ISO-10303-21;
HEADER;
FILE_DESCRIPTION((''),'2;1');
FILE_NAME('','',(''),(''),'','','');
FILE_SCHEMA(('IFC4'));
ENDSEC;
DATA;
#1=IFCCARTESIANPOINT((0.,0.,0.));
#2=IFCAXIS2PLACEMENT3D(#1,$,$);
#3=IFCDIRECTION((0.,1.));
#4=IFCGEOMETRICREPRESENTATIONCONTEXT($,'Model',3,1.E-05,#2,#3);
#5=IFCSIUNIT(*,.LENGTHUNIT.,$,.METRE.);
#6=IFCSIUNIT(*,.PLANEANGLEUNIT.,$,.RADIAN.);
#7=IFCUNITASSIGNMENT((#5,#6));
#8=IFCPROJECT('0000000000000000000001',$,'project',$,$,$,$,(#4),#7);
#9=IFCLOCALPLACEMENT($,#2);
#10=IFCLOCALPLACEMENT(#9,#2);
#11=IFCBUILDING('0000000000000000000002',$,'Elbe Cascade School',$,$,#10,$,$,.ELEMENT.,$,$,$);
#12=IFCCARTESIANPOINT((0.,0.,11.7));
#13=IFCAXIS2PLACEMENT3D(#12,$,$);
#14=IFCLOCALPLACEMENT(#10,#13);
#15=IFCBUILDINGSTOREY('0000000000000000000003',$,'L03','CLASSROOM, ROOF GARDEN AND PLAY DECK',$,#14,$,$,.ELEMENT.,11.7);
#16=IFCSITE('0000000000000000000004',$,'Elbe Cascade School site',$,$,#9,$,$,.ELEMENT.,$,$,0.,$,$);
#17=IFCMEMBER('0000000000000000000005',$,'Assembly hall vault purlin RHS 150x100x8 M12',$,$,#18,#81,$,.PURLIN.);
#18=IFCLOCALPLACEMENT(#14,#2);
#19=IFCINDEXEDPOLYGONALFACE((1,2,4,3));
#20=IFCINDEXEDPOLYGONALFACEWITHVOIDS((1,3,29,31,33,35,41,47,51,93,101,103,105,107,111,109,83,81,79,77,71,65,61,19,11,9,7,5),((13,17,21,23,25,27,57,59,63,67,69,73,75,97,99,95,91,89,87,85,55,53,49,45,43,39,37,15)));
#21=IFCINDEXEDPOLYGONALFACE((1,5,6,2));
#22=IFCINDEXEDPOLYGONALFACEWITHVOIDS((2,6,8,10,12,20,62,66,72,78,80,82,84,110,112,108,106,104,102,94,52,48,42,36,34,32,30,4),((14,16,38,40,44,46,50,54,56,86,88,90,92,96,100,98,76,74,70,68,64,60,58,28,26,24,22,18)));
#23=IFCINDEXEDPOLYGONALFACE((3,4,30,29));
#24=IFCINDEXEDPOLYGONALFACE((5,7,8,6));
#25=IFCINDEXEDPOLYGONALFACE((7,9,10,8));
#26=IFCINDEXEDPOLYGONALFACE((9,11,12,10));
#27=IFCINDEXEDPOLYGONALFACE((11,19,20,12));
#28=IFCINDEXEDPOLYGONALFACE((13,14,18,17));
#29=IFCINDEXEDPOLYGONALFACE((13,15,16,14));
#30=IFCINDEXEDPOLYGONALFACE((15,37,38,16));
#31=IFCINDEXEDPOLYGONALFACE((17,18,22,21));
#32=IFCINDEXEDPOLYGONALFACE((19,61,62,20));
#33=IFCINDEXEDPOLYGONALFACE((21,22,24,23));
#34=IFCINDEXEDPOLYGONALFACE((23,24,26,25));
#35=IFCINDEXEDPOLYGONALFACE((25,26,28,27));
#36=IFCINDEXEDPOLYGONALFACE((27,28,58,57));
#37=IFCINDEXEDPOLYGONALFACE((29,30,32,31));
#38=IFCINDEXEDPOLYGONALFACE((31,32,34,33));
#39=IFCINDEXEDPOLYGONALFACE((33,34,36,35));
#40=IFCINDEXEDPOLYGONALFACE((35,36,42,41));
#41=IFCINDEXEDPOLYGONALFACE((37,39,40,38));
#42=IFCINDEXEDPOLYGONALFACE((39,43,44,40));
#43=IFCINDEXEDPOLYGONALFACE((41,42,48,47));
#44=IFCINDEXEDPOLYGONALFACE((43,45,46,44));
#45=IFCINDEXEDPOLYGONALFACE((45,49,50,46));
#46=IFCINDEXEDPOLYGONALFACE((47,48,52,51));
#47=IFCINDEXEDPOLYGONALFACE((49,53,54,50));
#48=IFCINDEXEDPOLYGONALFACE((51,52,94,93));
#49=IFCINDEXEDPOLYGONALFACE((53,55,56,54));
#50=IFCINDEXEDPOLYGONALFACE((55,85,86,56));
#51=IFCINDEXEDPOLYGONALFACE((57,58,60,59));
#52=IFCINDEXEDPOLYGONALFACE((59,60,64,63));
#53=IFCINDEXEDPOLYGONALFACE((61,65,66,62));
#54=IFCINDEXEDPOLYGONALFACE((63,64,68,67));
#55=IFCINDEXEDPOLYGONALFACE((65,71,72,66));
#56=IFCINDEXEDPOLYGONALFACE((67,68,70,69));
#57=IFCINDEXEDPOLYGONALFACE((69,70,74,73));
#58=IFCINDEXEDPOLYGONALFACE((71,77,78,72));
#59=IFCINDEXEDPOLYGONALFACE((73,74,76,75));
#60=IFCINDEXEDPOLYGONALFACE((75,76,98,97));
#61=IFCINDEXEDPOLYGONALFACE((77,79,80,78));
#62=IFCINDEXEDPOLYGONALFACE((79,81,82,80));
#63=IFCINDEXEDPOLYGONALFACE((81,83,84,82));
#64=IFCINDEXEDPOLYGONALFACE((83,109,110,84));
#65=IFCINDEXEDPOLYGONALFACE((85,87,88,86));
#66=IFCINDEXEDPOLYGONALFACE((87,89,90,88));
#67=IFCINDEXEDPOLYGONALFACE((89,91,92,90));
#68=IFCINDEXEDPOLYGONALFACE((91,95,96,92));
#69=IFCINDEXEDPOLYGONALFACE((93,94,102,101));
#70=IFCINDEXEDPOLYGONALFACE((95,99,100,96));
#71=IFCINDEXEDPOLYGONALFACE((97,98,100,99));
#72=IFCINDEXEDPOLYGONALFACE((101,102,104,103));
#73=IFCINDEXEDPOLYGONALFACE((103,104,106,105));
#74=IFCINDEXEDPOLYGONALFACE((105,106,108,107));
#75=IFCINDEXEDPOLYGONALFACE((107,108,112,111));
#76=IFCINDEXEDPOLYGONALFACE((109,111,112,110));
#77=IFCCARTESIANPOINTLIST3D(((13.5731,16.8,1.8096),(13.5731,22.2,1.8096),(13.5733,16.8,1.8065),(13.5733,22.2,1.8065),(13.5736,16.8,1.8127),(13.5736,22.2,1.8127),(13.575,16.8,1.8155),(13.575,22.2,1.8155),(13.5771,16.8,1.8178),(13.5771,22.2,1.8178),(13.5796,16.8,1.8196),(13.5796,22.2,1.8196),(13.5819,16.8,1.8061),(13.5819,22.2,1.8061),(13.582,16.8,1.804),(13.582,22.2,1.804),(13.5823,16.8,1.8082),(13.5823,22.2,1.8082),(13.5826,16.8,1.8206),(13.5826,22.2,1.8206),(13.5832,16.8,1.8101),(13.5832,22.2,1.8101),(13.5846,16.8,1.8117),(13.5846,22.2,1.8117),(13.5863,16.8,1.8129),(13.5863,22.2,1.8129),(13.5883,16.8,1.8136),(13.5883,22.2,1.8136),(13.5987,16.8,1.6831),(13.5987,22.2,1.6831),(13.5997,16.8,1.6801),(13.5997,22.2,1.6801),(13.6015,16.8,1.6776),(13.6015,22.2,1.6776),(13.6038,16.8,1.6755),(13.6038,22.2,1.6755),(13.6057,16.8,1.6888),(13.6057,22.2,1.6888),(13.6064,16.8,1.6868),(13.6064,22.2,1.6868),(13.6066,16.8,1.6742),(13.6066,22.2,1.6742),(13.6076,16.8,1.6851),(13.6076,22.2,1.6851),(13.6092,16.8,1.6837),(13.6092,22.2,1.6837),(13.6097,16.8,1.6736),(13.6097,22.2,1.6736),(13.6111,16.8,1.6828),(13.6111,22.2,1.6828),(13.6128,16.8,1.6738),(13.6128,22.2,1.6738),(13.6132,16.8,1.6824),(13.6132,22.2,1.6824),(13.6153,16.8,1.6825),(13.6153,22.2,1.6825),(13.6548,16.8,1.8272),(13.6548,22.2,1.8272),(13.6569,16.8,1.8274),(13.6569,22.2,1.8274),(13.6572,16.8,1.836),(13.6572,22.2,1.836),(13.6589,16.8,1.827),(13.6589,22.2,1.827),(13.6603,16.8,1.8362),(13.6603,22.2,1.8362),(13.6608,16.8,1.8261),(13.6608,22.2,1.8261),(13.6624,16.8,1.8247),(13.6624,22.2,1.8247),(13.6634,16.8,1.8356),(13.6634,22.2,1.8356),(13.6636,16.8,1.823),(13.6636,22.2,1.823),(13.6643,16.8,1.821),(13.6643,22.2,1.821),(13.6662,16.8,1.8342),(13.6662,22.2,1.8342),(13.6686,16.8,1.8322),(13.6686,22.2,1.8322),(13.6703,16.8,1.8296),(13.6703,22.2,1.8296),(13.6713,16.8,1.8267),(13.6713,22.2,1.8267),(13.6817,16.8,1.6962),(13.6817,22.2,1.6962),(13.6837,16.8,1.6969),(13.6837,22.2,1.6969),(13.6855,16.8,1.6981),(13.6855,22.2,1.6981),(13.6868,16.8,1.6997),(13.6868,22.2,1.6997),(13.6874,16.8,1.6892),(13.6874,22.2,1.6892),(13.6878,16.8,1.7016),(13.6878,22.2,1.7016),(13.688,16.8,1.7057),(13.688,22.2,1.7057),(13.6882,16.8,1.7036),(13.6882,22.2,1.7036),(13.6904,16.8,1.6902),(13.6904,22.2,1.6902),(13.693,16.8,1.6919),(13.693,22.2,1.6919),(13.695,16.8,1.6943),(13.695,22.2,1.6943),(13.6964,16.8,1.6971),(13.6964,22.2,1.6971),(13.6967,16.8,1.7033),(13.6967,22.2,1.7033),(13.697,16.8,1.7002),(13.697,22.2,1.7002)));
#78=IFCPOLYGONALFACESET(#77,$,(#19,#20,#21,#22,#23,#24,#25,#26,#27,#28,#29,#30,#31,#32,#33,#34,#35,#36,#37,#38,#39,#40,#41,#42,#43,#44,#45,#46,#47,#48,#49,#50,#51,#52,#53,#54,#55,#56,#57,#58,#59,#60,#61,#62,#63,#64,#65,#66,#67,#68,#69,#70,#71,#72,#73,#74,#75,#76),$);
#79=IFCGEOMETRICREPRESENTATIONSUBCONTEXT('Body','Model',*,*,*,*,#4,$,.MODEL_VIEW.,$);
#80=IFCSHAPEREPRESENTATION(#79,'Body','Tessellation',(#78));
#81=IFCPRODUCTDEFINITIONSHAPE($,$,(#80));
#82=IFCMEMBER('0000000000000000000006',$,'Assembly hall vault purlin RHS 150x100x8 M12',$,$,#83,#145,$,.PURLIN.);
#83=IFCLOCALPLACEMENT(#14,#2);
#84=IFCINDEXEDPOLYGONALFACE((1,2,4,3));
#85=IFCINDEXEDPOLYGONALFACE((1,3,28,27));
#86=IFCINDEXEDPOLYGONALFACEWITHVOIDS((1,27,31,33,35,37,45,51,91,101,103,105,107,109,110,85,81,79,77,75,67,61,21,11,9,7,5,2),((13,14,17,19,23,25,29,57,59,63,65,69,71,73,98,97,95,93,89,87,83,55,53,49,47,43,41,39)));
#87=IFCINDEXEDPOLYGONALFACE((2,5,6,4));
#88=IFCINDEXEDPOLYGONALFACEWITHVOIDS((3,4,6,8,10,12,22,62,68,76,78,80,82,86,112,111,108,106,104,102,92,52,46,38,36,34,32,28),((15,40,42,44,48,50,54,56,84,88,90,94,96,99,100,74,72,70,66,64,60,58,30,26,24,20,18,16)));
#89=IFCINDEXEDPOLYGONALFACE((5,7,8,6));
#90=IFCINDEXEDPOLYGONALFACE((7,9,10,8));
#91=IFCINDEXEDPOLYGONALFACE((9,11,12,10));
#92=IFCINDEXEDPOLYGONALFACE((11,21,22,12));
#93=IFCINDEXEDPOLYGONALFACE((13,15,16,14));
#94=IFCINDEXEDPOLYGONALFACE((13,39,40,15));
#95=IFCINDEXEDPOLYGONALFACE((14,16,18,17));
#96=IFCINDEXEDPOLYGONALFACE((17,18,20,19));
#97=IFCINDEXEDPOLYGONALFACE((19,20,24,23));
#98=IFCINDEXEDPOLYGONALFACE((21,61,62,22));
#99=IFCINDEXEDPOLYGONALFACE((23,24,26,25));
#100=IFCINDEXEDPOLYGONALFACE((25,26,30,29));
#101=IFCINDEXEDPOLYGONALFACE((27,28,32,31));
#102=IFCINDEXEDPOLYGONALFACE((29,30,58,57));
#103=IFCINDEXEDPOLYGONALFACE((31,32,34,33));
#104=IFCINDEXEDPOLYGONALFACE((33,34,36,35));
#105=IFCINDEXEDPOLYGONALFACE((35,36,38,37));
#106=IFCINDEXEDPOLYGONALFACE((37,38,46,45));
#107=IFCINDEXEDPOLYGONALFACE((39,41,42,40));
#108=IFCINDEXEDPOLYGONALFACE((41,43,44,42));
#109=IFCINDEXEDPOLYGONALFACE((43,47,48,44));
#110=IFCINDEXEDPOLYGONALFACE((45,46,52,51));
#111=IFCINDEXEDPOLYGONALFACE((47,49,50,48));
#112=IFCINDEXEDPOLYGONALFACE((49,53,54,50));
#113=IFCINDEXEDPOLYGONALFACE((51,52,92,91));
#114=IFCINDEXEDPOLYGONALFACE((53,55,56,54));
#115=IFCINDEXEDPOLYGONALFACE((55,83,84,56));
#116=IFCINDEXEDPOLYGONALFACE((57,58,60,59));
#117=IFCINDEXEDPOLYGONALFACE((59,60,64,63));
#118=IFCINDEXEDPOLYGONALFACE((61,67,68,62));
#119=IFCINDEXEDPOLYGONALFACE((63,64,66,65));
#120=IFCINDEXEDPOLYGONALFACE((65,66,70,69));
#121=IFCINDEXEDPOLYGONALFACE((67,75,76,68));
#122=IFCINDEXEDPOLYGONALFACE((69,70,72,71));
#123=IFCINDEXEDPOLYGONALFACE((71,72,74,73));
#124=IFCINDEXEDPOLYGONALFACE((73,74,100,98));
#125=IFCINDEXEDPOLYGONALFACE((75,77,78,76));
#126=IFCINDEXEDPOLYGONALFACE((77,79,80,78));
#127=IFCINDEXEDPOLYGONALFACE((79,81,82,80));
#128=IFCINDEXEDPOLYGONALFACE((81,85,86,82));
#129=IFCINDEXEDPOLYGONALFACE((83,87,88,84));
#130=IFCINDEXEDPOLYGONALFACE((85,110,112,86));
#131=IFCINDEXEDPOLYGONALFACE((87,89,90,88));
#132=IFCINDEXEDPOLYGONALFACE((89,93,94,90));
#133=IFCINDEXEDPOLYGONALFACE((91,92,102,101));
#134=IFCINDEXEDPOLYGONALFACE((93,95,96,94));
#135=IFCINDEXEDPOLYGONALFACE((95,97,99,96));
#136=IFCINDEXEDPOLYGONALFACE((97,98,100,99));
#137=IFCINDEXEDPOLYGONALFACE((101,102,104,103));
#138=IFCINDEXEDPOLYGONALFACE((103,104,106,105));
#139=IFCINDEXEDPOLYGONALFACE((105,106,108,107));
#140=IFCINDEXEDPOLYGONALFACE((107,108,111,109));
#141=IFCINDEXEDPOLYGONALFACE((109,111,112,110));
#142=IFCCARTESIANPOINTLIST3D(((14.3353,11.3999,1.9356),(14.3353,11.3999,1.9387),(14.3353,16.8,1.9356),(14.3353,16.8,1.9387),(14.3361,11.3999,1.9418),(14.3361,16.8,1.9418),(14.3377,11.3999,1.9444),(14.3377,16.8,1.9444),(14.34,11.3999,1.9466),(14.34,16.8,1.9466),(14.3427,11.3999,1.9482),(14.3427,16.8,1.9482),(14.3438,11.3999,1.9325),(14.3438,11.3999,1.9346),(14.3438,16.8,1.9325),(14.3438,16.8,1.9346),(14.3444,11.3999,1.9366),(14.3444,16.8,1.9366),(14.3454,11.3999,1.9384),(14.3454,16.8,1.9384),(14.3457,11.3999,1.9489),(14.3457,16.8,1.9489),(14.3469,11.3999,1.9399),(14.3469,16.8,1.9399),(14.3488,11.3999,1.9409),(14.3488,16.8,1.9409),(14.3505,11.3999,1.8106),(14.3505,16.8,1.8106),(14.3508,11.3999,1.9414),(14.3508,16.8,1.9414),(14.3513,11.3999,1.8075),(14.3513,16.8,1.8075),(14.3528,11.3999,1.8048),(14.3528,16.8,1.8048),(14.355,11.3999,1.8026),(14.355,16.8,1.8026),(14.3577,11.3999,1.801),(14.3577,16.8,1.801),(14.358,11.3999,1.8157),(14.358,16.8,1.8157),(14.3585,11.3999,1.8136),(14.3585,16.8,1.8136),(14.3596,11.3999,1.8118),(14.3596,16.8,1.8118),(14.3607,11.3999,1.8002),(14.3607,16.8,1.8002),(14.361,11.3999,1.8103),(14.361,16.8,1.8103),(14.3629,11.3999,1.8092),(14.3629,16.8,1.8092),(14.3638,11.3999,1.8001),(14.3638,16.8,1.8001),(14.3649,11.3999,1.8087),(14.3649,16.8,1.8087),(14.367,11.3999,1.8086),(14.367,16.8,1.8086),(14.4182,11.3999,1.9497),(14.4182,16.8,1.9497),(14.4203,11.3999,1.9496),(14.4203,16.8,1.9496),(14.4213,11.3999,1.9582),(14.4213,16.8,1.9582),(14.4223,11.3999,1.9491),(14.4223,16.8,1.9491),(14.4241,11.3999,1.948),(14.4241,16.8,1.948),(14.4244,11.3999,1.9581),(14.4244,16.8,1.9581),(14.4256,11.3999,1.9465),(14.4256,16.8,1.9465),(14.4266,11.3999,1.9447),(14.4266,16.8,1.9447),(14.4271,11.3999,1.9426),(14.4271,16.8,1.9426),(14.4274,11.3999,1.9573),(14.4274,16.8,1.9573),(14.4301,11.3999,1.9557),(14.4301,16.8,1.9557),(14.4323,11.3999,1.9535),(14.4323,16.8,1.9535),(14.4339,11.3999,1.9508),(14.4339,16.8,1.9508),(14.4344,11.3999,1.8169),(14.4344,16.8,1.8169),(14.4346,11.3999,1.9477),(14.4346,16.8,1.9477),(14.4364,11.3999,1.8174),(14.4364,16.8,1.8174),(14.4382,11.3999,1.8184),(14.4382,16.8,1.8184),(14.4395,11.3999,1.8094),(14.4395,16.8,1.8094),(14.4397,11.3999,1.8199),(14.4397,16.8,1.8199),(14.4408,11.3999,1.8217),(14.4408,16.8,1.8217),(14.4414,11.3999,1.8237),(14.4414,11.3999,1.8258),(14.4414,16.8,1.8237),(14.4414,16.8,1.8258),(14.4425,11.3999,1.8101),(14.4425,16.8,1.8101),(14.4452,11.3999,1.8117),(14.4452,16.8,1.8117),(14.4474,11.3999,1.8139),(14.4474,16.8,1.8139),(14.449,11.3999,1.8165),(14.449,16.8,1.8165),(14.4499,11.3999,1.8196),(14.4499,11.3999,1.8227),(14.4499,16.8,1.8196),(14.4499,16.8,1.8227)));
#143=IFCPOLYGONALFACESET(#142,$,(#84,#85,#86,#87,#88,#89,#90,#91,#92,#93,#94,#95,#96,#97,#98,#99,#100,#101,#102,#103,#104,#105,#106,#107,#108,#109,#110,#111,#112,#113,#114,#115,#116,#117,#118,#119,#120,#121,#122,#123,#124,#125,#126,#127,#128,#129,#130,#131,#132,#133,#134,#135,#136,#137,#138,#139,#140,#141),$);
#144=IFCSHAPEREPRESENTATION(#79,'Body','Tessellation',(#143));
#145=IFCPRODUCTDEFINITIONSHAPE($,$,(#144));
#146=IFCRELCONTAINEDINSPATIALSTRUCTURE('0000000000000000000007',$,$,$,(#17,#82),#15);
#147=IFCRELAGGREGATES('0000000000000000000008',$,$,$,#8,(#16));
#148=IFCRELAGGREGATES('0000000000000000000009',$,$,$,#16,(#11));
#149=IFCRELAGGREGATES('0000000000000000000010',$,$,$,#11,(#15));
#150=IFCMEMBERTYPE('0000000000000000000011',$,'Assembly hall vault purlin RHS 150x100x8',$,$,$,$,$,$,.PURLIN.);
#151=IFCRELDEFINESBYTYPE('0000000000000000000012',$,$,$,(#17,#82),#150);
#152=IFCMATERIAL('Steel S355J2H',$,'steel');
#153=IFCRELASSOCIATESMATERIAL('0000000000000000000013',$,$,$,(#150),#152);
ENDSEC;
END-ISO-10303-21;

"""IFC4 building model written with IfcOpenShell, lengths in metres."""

from ifc_helpers import new_model, si_unit, direction, frame, origin, origin_2d, place, context, subcontext, project, spatial, hollow_rectangle, extrude, material, material_profile, profile_set, type_object, element, save


model = new_model("IFC4")

# Units and contexts
model_context = context("Model", 3, precision=1e-05, world=origin(), true_north=direction((0.0, 1.0)))
body_context = subcontext(model_context, "Body", "Model", "MODEL_VIEW")
ifc_project = project(units=[si_unit("LENGTHUNIT", "METRE"), si_unit("PLANEANGLEUNIT", "RADIAN")], contexts=[model_context])

# Site, building, storey
site_placement = place(None, origin())
site = spatial("IfcSite", under=ifc_project, at=site_placement, Name="Elbe Cascade School site", CompositionType="ELEMENT", RefElevation=0.0)
building_placement = place(site_placement, origin())
building = spatial("IfcBuilding", under=site, at=building_placement, Name="Elbe Cascade School", CompositionType="ELEMENT")
storey_placement = place(building_placement, frame((0.0, 0.0, 11.7)))
storey = spatial("IfcBuildingStorey", under=building, at=storey_placement, Name="L03", Description="CLASSROOM, ROOF GARDEN AND PLAY DECK", CompositionType="ELEMENT", Elevation=11.7)

# Members
ifc_material_1 = material(Name="Steel S355J2H", Category="steel")
ifc_material_profile_1 = material_profile(ifc_material_1, hollow_rectangle(XDim=0.1001, YDim=0.1499, WallThickness=0.0081, InnerFilletRadius=0.0081, OuterFilletRadius=0.012, at=origin_2d()), Name="RHS 150x100x8")
ifc_profile_set_1 = profile_set([ifc_material_profile_1], Name="Steel S355J2H")
member_type_1 = type_object("IfcMemberType", Name="Assembly hall vault purlin RHS 150x100x8", PredefinedType="PURLIN", material=ifc_profile_set_1)
member_1_placement = place(storey_placement, frame((13.635, 16.8, 1.7549), z_axis=(0.0, 1.0, 0.0), x_axis=(-0.979451, 0.0, -0.201683)))
element("IfcMember", 1, at=member_1_placement, inside=storey, type_object=member_type_1, Name="Assembly hall vault purlin RHS 150x100x8 M12", PredefinedType="PURLIN", context=body_context, shape_type="SweptSolid", body=[
    extrude(hollow_rectangle(XDim=0.1001, YDim=0.1499, WallThickness=0.0081, InnerFilletRadius=0.0081, OuterFilletRadius=0.012, at=origin_2d()), origin(), (0.0, 0.0, 1.0), 5.3999),
])
member_2_placement = place(storey_placement, frame((14.3926, 11.3999, 1.8792), z_axis=(0.0, 1.0, 0.0), x_axis=(-0.992652, 0.0, -0.121003)))
element("IfcMember", 2, at=member_2_placement, inside=storey, type_object=member_type_1, Name="Assembly hall vault purlin RHS 150x100x8 M12", PredefinedType="PURLIN", context=body_context, shape_type="SweptSolid", body=[
    extrude(hollow_rectangle(XDim=0.1001, YDim=0.1499, WallThickness=0.0081, InnerFilletRadius=0.0081, OuterFilletRadius=0.012, at=origin_2d()), origin(), (0.0, 0.0, 1.0), 5.4001),
])

save(model, "model.ifc")
